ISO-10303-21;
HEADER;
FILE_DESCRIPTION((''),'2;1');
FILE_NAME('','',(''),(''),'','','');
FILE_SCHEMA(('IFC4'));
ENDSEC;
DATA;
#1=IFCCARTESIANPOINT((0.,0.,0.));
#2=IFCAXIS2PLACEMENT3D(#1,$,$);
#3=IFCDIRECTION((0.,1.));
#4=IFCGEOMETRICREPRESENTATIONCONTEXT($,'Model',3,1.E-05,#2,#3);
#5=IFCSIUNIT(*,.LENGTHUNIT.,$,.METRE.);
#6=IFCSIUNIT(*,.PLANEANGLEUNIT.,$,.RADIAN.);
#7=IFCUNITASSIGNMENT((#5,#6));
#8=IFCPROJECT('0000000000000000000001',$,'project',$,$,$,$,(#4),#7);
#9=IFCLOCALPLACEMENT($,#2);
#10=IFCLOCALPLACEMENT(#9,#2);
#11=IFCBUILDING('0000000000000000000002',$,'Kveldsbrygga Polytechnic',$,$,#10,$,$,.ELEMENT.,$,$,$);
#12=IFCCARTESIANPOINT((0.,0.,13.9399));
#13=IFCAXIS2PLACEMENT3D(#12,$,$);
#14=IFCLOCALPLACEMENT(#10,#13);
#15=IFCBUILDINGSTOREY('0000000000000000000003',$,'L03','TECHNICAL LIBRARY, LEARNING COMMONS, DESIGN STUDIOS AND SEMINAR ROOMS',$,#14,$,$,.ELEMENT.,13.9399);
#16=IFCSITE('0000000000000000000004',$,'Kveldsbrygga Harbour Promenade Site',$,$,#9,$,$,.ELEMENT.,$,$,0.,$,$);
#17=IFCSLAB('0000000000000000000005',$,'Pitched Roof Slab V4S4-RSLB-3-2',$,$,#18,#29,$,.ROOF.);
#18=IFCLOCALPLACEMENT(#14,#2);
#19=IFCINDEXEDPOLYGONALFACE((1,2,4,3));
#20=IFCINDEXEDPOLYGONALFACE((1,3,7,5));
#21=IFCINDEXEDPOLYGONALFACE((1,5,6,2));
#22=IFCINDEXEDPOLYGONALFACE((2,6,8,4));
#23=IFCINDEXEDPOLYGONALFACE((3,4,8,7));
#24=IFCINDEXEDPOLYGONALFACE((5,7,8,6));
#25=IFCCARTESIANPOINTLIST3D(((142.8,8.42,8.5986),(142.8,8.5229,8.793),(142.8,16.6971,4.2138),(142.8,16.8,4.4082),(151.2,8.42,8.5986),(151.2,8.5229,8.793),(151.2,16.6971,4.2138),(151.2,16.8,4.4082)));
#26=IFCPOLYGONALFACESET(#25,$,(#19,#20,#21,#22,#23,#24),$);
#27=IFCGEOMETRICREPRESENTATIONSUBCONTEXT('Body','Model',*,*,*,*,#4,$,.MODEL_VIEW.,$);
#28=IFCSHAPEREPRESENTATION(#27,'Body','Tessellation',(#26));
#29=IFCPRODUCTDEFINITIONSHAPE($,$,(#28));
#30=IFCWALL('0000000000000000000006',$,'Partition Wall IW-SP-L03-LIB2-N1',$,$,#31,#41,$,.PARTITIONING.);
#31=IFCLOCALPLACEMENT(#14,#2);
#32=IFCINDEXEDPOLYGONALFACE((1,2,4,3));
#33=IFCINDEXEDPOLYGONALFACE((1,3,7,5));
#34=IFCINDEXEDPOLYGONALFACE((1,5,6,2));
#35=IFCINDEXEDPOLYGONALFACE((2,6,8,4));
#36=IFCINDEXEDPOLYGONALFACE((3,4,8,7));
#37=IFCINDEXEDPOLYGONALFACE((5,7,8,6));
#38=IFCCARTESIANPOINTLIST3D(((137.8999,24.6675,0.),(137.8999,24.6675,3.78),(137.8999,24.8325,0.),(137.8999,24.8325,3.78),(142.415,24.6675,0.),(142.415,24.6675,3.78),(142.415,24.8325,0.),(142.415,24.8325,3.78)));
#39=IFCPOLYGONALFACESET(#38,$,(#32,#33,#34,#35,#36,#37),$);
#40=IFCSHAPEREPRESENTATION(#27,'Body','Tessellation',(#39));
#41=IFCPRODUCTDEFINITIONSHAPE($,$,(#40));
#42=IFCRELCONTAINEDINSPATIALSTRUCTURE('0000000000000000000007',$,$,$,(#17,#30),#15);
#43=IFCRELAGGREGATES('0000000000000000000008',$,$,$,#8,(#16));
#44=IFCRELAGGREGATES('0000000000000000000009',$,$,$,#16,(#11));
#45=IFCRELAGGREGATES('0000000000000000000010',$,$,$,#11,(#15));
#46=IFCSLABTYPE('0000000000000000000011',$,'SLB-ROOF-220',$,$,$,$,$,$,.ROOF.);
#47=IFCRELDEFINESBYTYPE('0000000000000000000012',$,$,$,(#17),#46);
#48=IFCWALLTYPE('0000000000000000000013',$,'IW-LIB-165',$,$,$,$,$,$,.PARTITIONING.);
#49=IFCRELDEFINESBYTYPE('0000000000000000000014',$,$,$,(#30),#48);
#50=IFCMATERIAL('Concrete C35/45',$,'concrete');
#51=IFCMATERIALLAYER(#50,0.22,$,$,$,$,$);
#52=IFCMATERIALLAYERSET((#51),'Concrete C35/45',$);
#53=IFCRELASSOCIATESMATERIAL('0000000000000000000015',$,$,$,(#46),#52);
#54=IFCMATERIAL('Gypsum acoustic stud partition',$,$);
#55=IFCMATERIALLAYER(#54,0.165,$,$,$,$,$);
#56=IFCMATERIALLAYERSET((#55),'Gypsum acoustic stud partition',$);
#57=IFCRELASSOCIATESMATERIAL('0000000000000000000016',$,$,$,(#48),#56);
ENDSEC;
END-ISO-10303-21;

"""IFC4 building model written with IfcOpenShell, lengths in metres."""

from ifc_helpers import new_model, si_unit, direction, frame, frame_2d, origin, place, context, subcontext, project, spatial, polyline, rectangle, outline, extrude, material, layer, layer_set, type_object, element, save


model = new_model("IFC4")

# Units and contexts
model_context = context("Model", 3, precision=1e-05, world=origin(), true_north=direction((0.0, 1.0)))
body_context = subcontext(model_context, "Body", "Model", "MODEL_VIEW")
ifc_project = project(units=[si_unit("LENGTHUNIT", "METRE"), si_unit("PLANEANGLEUNIT", "RADIAN")], contexts=[model_context])

# Site, building, storey
site_placement = place(None, origin())
site = spatial("IfcSite", under=ifc_project, at=site_placement, Name="Kveldsbrygga Harbour Promenade Site", CompositionType="ELEMENT", RefElevation=0.0)
building_placement = place(site_placement, origin())
building = spatial("IfcBuilding", under=site, at=building_placement, Name="Kveldsbrygga Polytechnic", CompositionType="ELEMENT")
storey_placement = place(building_placement, frame((0.0, 0.0, 13.9399)))
storey = spatial("IfcBuildingStorey", under=building, at=storey_placement, Name="L03", Description="TECHNICAL LIBRARY, LEARNING COMMONS, DESIGN STUDIOS AND SEMINAR ROOMS", CompositionType="ELEMENT", Elevation=13.9399)

# Shared definitions
ifc_material_1 = material(Name="Concrete C35/45", Category="concrete")

# Slab
ifc_layer_1 = layer(ifc_material_1, 0.22)
ifc_layer_set_1 = layer_set([ifc_layer_1], Name="Concrete C35/45")
slab_type = type_object("IfcSlabType", Name="SLB-ROOF-220", PredefinedType="ROOF", material=ifc_layer_set_1)
slab_1_placement = place(storey_placement, frame((142.8, 8.5229, 8.793), z_axis=(0.0, 0.468119, 0.883666), x_axis=(1.0, 0.0, 0.0)))
element("IfcSlab", 1, at=slab_1_placement, inside=storey, type_object=slab_type, Name="Pitched Roof Slab V4S4-RSLB-3-2", PredefinedType="ROOF", context=body_context, shape_type="SweptSolid", body=[
    extrude(outline(polyline([(0.0, 0.0), (8.3999, 0.0), (8.3999, 9.3668), (0.0, 9.3668), (0.0, 0.0)])), origin(), (0.0, 0.0, -1.0), 0.22),
])

# Wall
ifc_material_2 = material(Name="Gypsum acoustic stud partition")
ifc_layer_2 = layer(ifc_material_2, 0.165)
ifc_layer_set_2 = layer_set([ifc_layer_2], Name="Gypsum acoustic stud partition")
wall_type = type_object("IfcWallType", Name="IW-LIB-165", PredefinedType="PARTITIONING", material=ifc_layer_set_2)
wall_placement = place(storey_placement, frame((137.8999, 24.75, 0.0), z_axis=(0.0, 0.0, 1.0), x_axis=(1.0, 0.0, 0.0)))
element("IfcWall", 2, at=wall_placement, inside=storey, type_object=wall_type, Name="Partition Wall IW-SP-L03-LIB2-N1", PredefinedType="PARTITIONING", context=body_context, shape_type="SweptSolid", body=[
    extrude(rectangle(XDim=4.5151, YDim=0.165, at=frame_2d((2.2576, 0.0))), origin(), (0.0, 0.0, 1.0), 3.78),
])

save(model, "model.ifc")
